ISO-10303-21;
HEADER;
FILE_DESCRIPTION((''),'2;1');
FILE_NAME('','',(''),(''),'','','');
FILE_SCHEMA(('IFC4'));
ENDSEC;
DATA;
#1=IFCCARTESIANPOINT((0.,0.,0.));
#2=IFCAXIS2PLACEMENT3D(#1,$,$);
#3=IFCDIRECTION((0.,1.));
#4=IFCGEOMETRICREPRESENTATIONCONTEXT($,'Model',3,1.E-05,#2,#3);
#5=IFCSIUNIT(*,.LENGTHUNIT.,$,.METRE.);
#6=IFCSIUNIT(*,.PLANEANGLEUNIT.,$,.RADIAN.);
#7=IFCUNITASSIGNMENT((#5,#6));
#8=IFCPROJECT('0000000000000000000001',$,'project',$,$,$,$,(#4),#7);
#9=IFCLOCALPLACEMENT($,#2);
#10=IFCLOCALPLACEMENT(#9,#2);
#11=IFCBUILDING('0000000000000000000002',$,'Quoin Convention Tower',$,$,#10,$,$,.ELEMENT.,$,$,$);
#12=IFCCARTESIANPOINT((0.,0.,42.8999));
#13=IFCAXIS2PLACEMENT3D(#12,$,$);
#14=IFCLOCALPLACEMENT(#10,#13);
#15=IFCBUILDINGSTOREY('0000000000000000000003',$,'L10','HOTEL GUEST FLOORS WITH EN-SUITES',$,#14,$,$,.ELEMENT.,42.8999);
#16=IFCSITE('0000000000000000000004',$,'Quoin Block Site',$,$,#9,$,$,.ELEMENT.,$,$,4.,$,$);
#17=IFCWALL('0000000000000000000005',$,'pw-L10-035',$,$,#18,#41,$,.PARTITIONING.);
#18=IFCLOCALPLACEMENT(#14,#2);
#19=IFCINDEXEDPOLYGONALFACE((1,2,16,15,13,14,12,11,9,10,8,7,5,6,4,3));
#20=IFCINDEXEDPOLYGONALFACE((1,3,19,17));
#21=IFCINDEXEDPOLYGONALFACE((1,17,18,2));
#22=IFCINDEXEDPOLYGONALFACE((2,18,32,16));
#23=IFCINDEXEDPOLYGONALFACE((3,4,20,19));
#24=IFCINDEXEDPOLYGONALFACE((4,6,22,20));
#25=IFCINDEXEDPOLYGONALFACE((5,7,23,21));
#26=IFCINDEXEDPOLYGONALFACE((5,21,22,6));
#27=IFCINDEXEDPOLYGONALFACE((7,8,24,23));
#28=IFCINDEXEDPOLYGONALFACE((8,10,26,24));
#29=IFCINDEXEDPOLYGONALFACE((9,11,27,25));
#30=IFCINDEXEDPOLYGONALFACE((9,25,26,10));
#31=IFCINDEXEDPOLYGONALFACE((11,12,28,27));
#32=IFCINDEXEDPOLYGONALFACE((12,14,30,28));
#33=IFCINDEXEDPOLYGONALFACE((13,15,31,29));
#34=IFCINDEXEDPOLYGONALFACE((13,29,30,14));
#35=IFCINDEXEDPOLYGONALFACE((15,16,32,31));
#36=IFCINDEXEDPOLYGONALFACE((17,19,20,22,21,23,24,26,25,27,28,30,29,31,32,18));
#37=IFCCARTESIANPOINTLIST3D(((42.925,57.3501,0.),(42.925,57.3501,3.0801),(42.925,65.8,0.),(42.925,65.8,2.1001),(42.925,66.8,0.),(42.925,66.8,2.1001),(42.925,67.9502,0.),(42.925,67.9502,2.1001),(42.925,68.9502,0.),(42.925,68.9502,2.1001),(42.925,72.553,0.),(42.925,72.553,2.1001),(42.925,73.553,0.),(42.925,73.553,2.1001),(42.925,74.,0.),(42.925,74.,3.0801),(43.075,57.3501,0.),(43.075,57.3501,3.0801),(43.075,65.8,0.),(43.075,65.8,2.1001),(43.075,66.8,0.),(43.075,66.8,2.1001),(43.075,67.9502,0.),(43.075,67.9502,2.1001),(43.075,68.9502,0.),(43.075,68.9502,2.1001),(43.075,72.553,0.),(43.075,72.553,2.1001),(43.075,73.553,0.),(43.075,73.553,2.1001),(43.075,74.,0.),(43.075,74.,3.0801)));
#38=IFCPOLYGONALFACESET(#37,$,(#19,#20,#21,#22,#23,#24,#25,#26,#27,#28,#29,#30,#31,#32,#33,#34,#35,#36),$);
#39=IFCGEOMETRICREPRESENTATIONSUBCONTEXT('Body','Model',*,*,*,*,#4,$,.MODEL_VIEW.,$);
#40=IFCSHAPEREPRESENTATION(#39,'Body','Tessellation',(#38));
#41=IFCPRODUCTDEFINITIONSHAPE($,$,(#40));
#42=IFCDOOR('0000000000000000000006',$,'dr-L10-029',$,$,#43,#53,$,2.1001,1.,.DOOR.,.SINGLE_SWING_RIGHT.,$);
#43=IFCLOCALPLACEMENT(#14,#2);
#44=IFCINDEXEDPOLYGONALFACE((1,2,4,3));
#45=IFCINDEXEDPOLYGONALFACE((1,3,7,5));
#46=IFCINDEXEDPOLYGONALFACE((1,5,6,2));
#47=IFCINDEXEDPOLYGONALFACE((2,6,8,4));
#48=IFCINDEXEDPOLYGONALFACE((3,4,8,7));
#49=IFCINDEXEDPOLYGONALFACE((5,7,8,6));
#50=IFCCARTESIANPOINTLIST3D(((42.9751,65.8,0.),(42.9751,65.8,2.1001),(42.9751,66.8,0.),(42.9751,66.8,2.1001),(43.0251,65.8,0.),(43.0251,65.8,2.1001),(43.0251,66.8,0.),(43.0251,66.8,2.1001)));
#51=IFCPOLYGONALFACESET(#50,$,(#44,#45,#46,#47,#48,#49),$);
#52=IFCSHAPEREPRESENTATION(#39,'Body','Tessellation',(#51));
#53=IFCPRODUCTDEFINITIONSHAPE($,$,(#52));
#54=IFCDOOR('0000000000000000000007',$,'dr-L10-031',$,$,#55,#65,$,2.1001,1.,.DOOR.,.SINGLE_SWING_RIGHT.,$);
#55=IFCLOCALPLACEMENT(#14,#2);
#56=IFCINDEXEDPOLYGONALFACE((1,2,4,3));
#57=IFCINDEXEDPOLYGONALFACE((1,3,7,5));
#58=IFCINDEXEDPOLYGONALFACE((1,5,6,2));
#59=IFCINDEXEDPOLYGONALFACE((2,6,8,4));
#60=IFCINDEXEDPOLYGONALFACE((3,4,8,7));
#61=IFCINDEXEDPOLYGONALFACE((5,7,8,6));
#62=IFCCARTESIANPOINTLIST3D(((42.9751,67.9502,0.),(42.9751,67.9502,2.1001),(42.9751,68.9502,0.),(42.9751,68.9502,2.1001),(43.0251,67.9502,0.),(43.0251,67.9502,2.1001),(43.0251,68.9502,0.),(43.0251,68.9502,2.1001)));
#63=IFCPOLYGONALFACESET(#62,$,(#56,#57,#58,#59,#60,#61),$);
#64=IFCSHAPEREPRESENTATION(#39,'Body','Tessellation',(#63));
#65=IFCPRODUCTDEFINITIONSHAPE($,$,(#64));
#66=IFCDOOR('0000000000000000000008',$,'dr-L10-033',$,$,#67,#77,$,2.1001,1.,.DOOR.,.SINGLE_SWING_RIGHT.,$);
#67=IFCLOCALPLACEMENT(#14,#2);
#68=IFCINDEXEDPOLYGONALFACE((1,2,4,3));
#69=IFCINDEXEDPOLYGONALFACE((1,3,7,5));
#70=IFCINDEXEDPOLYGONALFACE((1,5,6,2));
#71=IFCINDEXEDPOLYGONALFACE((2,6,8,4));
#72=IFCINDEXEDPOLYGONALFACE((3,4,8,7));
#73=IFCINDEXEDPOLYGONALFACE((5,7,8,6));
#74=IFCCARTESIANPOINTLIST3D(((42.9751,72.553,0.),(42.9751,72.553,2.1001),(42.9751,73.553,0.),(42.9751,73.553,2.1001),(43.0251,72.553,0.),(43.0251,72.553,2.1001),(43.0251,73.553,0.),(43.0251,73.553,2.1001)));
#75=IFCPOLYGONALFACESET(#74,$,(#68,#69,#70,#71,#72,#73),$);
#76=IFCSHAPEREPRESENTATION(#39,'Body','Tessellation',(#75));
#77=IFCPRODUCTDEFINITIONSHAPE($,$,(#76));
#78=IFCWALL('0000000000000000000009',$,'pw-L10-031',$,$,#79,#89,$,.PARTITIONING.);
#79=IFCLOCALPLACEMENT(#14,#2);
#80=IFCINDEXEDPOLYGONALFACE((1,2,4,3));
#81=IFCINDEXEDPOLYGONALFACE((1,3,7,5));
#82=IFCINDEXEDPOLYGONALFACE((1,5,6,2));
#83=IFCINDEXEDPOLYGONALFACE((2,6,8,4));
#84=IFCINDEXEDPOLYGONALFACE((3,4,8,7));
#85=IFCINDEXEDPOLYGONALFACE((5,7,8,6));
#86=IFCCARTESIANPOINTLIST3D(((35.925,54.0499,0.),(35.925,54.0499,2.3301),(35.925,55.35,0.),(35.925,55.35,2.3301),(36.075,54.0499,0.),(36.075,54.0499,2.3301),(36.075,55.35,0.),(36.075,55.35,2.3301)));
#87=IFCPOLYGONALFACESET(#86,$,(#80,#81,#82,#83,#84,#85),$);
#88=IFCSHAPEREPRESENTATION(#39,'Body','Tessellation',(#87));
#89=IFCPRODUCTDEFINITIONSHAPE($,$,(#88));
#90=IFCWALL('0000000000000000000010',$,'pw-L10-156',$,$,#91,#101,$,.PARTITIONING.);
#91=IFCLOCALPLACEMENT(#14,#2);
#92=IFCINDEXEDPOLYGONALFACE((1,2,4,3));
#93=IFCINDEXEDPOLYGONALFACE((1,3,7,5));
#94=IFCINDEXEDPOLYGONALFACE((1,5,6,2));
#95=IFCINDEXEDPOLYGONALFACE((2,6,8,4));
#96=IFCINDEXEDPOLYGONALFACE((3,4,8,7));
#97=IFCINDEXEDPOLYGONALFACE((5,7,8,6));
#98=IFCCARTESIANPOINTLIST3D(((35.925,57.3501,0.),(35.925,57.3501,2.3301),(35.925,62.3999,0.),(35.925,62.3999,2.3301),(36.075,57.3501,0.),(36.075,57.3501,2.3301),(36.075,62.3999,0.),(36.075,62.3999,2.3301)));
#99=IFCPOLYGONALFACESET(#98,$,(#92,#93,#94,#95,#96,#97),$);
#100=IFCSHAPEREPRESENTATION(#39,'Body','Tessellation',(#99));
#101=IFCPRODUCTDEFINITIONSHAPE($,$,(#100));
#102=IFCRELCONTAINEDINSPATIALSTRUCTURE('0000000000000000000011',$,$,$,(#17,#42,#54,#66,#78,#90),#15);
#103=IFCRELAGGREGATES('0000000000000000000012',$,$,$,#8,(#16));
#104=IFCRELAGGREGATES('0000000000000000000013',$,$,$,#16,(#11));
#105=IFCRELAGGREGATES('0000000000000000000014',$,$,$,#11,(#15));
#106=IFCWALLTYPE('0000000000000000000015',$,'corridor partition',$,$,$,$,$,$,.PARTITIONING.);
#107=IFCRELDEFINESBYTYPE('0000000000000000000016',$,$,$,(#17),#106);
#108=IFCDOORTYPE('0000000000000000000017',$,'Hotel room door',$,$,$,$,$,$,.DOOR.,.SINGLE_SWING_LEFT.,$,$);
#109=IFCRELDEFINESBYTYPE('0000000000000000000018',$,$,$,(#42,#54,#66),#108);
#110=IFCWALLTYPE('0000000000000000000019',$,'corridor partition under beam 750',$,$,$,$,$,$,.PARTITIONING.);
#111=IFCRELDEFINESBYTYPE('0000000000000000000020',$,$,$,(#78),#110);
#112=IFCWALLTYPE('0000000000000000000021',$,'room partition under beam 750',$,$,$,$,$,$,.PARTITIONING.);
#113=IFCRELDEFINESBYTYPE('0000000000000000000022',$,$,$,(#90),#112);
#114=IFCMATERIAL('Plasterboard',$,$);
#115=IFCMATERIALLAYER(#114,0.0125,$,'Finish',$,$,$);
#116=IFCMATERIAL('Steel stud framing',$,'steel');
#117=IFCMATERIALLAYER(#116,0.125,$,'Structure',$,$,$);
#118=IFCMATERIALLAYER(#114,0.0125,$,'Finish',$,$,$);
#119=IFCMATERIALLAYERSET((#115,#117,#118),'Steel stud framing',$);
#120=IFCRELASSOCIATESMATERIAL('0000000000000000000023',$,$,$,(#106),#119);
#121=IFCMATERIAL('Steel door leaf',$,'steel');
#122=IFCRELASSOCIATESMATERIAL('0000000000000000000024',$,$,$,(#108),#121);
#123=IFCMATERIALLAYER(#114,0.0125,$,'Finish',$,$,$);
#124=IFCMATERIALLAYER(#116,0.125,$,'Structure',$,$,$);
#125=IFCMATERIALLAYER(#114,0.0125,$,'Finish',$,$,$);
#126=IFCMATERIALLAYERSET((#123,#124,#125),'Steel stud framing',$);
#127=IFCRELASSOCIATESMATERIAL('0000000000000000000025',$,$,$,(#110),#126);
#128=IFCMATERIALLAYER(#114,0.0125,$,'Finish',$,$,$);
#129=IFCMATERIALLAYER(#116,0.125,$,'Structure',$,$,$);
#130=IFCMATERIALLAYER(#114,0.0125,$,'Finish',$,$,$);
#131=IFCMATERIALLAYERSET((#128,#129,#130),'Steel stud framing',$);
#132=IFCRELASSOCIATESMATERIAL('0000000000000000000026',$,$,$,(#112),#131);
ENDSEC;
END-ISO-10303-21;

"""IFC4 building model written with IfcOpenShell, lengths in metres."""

from ifc_helpers import new_model, si_unit, direction, frame, frame_2d, origin, place, context, subcontext, project, spatial, rectangle, extrude, material, layer, layer_set, type_object, element, fill, save


model = new_model("IFC4")

# Units and contexts
model_context = context("Model", 3, precision=1e-05, world=origin(), true_north=direction((0.0, 1.0)))
body_context = subcontext(model_context, "Body", "Model", "MODEL_VIEW")
ifc_project = project(units=[si_unit("LENGTHUNIT", "METRE"), si_unit("PLANEANGLEUNIT", "RADIAN")], contexts=[model_context])

# Site, building, storey
site_placement = place(None, origin())
site = spatial("IfcSite", under=ifc_project, at=site_placement, Name="Quoin Block Site", CompositionType="ELEMENT", RefElevation=4.0)
building_placement = place(site_placement, origin())
building = spatial("IfcBuilding", under=site, at=building_placement, Name="Quoin Convention Tower", CompositionType="ELEMENT")
storey_placement = place(building_placement, frame((0.0, 0.0, 42.8999)))
storey = spatial("IfcBuildingStorey", under=building, at=storey_placement, Name="L10", Description="HOTEL GUEST FLOORS WITH EN-SUITES", CompositionType="ELEMENT", Elevation=42.8999)

# Shared definitions
ifc_material_1 = material(Name="Plasterboard")
ifc_material_2 = material(Name="Steel stud framing", Category="steel")
ifc_material_3 = material(Name="Steel door leaf", Category="steel")

# Shared definitions
ifc_layer_1 = layer(ifc_material_1, 0.0125, Name="Finish")
ifc_layer_2 = layer(ifc_material_2, 0.125, Name="Structure")
ifc_layer_3 = layer(ifc_material_1, 0.0125, Name="Finish")
ifc_layer_set_1 = layer_set([ifc_layer_1, ifc_layer_2, ifc_layer_3], Name="Steel stud framing")
wall_type_1 = type_object("IfcWallType", Name="corridor partition", PredefinedType="PARTITIONING", material=ifc_layer_set_1)

# Wall, openings, doors
wall_1_placement = place(storey_placement, frame((43.0, 57.3501, 0.0), z_axis=(0.0, 0.0, 1.0), x_axis=(0.0, 1.0, 0.0)))
wall_1 = element("IfcWall", 1, at=wall_1_placement, inside=storey, type_object=wall_type_1, Name="pw-L10-035", PredefinedType="PARTITIONING", context=body_context, shape_type="SweptSolid", body=[
    extrude(rectangle(XDim=16.6499, YDim=0.1499, at=frame_2d((8.325, 0.0))), origin(), (0.0, 0.0, 1.0), 3.0801),
])
opening_1_placement = place(wall_1_placement, frame((8.45, 0.0, 0.0)))
opening_1 = element("IfcOpeningElement", 2, at=opening_1_placement, cuts=wall_1, PredefinedType="OPENING", context=body_context, shape_type="SweptSolid", body=[
    extrude(rectangle(XDim=1.0, YDim=2.1001, at=frame_2d((0.5, 1.05))), frame((0.0, 0.085, 0.0), z_axis=(0.0, -1.0, 0.0), x_axis=(1.0, 0.0, 0.0)), (0.0, 0.0, 1.0), 0.1699),
])
opening_2_placement = place(wall_1_placement, frame((10.6001, 0.0, 0.0)))
opening_2 = element("IfcOpeningElement", 3, at=opening_2_placement, cuts=wall_1, PredefinedType="OPENING", context=body_context, shape_type="SweptSolid", body=[
    extrude(rectangle(XDim=1.0, YDim=2.1001, at=frame_2d((0.5, 1.05))), frame((0.0, 0.085, 0.0), z_axis=(0.0, -1.0, 0.0), x_axis=(1.0, 0.0, 0.0)), (0.0, 0.0, 1.0), 0.1699),
])
opening_3_placement = place(wall_1_placement, frame((15.2029, 0.0, 0.0)))
opening_3 = element("IfcOpeningElement", 4, at=opening_3_placement, cuts=wall_1, PredefinedType="OPENING", context=body_context, shape_type="SweptSolid", body=[
    extrude(rectangle(XDim=1.0, YDim=2.1001, at=frame_2d((0.5, 1.05))), frame((0.0, 0.085, 0.0), z_axis=(0.0, -1.0, 0.0), x_axis=(1.0, 0.0, 0.0)), (0.0, 0.0, 1.0), 0.1699),
])
door_type_1 = type_object("IfcDoorType", Name="Hotel room door", OperationType="SINGLE_SWING_LEFT", PredefinedType="DOOR", material=ifc_material_3)
door_1_placement = place(opening_1_placement, origin())
door_1 = element("IfcDoor", 5, at=door_1_placement, inside=storey, type_object=door_type_1, Name="dr-L10-029", OperationType="SINGLE_SWING_RIGHT", OverallHeight=2.1001, OverallWidth=1.0, PredefinedType="DOOR", context=body_context, shape_type="SweptSolid", body=[
    extrude(rectangle(XDim=1.0, YDim=2.1001, at=frame_2d((0.5, 1.05))), frame((0.0, 0.0249, 0.0), z_axis=(0.0, -1.0, 0.0), x_axis=(1.0, 0.0, 0.0)), (0.0, 0.0, 1.0), 0.05),
])
fill(opening_1, door_1)
door_2_placement = place(opening_2_placement, origin())
door_2 = element("IfcDoor", 6, at=door_2_placement, inside=storey, type_object=door_type_1, Name="dr-L10-031", OperationType="SINGLE_SWING_RIGHT", OverallHeight=2.1001, OverallWidth=1.0, PredefinedType="DOOR", context=body_context, shape_type="SweptSolid", body=[
    extrude(rectangle(XDim=1.0, YDim=2.1001, at=frame_2d((0.5, 1.05))), frame((0.0, 0.0249, 0.0), z_axis=(0.0, -1.0, 0.0), x_axis=(1.0, 0.0, 0.0)), (0.0, 0.0, 1.0), 0.05),
])
fill(opening_2, door_2)
door_3_placement = place(opening_3_placement, origin())
door_3 = element("IfcDoor", 7, at=door_3_placement, inside=storey, type_object=door_type_1, Name="dr-L10-033", OperationType="SINGLE_SWING_RIGHT", OverallHeight=2.1001, OverallWidth=1.0, PredefinedType="DOOR", context=body_context, shape_type="SweptSolid", body=[
    extrude(rectangle(XDim=1.0, YDim=2.1001, at=frame_2d((0.5, 1.05))), frame((0.0, 0.0249, 0.0), z_axis=(0.0, -1.0, 0.0), x_axis=(1.0, 0.0, 0.0)), (0.0, 0.0, 1.0), 0.05),
])
fill(opening_3, door_3)

# Walls
ifc_layer_4 = layer(ifc_material_1, 0.0125, Name="Finish")
ifc_layer_5 = layer(ifc_material_2, 0.125, Name="Structure")
ifc_layer_6 = layer(ifc_material_1, 0.0125, Name="Finish")
ifc_layer_set_2 = layer_set([ifc_layer_4, ifc_layer_5, ifc_layer_6], Name="Steel stud framing")
wall_type_2 = type_object("IfcWallType", Name="corridor partition under beam 750", PredefinedType="PARTITIONING", material=ifc_layer_set_2)
wall_2_placement = place(storey_placement, frame((36.0, 54.05, 0.0), z_axis=(0.0, 0.0, 1.0), x_axis=(0.0, 1.0, 0.0)))
element("IfcWall", 8, at=wall_2_placement, inside=storey, type_object=wall_type_2, Name="pw-L10-031", PredefinedType="PARTITIONING", context=body_context, shape_type="SweptSolid", body=[
    extrude(rectangle(XDim=1.3, YDim=0.1499, at=frame_2d((0.6499, 0.0))), origin(), (0.0, 0.0, 1.0), 2.3301),
])
ifc_layer_7 = layer(ifc_material_1, 0.0125, Name="Finish")
ifc_layer_8 = layer(ifc_material_2, 0.125, Name="Structure")
ifc_layer_9 = layer(ifc_material_1, 0.0125, Name="Finish")
ifc_layer_set_3 = layer_set([ifc_layer_7, ifc_layer_8, ifc_layer_9], Name="Steel stud framing")
wall_type_3 = type_object("IfcWallType", Name="room partition under beam 750", PredefinedType="PARTITIONING", material=ifc_layer_set_3)
wall_3_placement = place(storey_placement, frame((36.0, 57.3501, 0.0), z_axis=(0.0, 0.0, 1.0), x_axis=(0.0, 1.0, 0.0)))
element("IfcWall", 9, at=wall_3_placement, inside=storey, type_object=wall_type_3, Name="pw-L10-156", PredefinedType="PARTITIONING", context=body_context, shape_type="SweptSolid", body=[
    extrude(rectangle(XDim=5.0498, YDim=0.1499, at=frame_2d((2.5249, 0.0))), origin(), (0.0, 0.0, 1.0), 2.3301),
])

save(model, "model.ifc")
